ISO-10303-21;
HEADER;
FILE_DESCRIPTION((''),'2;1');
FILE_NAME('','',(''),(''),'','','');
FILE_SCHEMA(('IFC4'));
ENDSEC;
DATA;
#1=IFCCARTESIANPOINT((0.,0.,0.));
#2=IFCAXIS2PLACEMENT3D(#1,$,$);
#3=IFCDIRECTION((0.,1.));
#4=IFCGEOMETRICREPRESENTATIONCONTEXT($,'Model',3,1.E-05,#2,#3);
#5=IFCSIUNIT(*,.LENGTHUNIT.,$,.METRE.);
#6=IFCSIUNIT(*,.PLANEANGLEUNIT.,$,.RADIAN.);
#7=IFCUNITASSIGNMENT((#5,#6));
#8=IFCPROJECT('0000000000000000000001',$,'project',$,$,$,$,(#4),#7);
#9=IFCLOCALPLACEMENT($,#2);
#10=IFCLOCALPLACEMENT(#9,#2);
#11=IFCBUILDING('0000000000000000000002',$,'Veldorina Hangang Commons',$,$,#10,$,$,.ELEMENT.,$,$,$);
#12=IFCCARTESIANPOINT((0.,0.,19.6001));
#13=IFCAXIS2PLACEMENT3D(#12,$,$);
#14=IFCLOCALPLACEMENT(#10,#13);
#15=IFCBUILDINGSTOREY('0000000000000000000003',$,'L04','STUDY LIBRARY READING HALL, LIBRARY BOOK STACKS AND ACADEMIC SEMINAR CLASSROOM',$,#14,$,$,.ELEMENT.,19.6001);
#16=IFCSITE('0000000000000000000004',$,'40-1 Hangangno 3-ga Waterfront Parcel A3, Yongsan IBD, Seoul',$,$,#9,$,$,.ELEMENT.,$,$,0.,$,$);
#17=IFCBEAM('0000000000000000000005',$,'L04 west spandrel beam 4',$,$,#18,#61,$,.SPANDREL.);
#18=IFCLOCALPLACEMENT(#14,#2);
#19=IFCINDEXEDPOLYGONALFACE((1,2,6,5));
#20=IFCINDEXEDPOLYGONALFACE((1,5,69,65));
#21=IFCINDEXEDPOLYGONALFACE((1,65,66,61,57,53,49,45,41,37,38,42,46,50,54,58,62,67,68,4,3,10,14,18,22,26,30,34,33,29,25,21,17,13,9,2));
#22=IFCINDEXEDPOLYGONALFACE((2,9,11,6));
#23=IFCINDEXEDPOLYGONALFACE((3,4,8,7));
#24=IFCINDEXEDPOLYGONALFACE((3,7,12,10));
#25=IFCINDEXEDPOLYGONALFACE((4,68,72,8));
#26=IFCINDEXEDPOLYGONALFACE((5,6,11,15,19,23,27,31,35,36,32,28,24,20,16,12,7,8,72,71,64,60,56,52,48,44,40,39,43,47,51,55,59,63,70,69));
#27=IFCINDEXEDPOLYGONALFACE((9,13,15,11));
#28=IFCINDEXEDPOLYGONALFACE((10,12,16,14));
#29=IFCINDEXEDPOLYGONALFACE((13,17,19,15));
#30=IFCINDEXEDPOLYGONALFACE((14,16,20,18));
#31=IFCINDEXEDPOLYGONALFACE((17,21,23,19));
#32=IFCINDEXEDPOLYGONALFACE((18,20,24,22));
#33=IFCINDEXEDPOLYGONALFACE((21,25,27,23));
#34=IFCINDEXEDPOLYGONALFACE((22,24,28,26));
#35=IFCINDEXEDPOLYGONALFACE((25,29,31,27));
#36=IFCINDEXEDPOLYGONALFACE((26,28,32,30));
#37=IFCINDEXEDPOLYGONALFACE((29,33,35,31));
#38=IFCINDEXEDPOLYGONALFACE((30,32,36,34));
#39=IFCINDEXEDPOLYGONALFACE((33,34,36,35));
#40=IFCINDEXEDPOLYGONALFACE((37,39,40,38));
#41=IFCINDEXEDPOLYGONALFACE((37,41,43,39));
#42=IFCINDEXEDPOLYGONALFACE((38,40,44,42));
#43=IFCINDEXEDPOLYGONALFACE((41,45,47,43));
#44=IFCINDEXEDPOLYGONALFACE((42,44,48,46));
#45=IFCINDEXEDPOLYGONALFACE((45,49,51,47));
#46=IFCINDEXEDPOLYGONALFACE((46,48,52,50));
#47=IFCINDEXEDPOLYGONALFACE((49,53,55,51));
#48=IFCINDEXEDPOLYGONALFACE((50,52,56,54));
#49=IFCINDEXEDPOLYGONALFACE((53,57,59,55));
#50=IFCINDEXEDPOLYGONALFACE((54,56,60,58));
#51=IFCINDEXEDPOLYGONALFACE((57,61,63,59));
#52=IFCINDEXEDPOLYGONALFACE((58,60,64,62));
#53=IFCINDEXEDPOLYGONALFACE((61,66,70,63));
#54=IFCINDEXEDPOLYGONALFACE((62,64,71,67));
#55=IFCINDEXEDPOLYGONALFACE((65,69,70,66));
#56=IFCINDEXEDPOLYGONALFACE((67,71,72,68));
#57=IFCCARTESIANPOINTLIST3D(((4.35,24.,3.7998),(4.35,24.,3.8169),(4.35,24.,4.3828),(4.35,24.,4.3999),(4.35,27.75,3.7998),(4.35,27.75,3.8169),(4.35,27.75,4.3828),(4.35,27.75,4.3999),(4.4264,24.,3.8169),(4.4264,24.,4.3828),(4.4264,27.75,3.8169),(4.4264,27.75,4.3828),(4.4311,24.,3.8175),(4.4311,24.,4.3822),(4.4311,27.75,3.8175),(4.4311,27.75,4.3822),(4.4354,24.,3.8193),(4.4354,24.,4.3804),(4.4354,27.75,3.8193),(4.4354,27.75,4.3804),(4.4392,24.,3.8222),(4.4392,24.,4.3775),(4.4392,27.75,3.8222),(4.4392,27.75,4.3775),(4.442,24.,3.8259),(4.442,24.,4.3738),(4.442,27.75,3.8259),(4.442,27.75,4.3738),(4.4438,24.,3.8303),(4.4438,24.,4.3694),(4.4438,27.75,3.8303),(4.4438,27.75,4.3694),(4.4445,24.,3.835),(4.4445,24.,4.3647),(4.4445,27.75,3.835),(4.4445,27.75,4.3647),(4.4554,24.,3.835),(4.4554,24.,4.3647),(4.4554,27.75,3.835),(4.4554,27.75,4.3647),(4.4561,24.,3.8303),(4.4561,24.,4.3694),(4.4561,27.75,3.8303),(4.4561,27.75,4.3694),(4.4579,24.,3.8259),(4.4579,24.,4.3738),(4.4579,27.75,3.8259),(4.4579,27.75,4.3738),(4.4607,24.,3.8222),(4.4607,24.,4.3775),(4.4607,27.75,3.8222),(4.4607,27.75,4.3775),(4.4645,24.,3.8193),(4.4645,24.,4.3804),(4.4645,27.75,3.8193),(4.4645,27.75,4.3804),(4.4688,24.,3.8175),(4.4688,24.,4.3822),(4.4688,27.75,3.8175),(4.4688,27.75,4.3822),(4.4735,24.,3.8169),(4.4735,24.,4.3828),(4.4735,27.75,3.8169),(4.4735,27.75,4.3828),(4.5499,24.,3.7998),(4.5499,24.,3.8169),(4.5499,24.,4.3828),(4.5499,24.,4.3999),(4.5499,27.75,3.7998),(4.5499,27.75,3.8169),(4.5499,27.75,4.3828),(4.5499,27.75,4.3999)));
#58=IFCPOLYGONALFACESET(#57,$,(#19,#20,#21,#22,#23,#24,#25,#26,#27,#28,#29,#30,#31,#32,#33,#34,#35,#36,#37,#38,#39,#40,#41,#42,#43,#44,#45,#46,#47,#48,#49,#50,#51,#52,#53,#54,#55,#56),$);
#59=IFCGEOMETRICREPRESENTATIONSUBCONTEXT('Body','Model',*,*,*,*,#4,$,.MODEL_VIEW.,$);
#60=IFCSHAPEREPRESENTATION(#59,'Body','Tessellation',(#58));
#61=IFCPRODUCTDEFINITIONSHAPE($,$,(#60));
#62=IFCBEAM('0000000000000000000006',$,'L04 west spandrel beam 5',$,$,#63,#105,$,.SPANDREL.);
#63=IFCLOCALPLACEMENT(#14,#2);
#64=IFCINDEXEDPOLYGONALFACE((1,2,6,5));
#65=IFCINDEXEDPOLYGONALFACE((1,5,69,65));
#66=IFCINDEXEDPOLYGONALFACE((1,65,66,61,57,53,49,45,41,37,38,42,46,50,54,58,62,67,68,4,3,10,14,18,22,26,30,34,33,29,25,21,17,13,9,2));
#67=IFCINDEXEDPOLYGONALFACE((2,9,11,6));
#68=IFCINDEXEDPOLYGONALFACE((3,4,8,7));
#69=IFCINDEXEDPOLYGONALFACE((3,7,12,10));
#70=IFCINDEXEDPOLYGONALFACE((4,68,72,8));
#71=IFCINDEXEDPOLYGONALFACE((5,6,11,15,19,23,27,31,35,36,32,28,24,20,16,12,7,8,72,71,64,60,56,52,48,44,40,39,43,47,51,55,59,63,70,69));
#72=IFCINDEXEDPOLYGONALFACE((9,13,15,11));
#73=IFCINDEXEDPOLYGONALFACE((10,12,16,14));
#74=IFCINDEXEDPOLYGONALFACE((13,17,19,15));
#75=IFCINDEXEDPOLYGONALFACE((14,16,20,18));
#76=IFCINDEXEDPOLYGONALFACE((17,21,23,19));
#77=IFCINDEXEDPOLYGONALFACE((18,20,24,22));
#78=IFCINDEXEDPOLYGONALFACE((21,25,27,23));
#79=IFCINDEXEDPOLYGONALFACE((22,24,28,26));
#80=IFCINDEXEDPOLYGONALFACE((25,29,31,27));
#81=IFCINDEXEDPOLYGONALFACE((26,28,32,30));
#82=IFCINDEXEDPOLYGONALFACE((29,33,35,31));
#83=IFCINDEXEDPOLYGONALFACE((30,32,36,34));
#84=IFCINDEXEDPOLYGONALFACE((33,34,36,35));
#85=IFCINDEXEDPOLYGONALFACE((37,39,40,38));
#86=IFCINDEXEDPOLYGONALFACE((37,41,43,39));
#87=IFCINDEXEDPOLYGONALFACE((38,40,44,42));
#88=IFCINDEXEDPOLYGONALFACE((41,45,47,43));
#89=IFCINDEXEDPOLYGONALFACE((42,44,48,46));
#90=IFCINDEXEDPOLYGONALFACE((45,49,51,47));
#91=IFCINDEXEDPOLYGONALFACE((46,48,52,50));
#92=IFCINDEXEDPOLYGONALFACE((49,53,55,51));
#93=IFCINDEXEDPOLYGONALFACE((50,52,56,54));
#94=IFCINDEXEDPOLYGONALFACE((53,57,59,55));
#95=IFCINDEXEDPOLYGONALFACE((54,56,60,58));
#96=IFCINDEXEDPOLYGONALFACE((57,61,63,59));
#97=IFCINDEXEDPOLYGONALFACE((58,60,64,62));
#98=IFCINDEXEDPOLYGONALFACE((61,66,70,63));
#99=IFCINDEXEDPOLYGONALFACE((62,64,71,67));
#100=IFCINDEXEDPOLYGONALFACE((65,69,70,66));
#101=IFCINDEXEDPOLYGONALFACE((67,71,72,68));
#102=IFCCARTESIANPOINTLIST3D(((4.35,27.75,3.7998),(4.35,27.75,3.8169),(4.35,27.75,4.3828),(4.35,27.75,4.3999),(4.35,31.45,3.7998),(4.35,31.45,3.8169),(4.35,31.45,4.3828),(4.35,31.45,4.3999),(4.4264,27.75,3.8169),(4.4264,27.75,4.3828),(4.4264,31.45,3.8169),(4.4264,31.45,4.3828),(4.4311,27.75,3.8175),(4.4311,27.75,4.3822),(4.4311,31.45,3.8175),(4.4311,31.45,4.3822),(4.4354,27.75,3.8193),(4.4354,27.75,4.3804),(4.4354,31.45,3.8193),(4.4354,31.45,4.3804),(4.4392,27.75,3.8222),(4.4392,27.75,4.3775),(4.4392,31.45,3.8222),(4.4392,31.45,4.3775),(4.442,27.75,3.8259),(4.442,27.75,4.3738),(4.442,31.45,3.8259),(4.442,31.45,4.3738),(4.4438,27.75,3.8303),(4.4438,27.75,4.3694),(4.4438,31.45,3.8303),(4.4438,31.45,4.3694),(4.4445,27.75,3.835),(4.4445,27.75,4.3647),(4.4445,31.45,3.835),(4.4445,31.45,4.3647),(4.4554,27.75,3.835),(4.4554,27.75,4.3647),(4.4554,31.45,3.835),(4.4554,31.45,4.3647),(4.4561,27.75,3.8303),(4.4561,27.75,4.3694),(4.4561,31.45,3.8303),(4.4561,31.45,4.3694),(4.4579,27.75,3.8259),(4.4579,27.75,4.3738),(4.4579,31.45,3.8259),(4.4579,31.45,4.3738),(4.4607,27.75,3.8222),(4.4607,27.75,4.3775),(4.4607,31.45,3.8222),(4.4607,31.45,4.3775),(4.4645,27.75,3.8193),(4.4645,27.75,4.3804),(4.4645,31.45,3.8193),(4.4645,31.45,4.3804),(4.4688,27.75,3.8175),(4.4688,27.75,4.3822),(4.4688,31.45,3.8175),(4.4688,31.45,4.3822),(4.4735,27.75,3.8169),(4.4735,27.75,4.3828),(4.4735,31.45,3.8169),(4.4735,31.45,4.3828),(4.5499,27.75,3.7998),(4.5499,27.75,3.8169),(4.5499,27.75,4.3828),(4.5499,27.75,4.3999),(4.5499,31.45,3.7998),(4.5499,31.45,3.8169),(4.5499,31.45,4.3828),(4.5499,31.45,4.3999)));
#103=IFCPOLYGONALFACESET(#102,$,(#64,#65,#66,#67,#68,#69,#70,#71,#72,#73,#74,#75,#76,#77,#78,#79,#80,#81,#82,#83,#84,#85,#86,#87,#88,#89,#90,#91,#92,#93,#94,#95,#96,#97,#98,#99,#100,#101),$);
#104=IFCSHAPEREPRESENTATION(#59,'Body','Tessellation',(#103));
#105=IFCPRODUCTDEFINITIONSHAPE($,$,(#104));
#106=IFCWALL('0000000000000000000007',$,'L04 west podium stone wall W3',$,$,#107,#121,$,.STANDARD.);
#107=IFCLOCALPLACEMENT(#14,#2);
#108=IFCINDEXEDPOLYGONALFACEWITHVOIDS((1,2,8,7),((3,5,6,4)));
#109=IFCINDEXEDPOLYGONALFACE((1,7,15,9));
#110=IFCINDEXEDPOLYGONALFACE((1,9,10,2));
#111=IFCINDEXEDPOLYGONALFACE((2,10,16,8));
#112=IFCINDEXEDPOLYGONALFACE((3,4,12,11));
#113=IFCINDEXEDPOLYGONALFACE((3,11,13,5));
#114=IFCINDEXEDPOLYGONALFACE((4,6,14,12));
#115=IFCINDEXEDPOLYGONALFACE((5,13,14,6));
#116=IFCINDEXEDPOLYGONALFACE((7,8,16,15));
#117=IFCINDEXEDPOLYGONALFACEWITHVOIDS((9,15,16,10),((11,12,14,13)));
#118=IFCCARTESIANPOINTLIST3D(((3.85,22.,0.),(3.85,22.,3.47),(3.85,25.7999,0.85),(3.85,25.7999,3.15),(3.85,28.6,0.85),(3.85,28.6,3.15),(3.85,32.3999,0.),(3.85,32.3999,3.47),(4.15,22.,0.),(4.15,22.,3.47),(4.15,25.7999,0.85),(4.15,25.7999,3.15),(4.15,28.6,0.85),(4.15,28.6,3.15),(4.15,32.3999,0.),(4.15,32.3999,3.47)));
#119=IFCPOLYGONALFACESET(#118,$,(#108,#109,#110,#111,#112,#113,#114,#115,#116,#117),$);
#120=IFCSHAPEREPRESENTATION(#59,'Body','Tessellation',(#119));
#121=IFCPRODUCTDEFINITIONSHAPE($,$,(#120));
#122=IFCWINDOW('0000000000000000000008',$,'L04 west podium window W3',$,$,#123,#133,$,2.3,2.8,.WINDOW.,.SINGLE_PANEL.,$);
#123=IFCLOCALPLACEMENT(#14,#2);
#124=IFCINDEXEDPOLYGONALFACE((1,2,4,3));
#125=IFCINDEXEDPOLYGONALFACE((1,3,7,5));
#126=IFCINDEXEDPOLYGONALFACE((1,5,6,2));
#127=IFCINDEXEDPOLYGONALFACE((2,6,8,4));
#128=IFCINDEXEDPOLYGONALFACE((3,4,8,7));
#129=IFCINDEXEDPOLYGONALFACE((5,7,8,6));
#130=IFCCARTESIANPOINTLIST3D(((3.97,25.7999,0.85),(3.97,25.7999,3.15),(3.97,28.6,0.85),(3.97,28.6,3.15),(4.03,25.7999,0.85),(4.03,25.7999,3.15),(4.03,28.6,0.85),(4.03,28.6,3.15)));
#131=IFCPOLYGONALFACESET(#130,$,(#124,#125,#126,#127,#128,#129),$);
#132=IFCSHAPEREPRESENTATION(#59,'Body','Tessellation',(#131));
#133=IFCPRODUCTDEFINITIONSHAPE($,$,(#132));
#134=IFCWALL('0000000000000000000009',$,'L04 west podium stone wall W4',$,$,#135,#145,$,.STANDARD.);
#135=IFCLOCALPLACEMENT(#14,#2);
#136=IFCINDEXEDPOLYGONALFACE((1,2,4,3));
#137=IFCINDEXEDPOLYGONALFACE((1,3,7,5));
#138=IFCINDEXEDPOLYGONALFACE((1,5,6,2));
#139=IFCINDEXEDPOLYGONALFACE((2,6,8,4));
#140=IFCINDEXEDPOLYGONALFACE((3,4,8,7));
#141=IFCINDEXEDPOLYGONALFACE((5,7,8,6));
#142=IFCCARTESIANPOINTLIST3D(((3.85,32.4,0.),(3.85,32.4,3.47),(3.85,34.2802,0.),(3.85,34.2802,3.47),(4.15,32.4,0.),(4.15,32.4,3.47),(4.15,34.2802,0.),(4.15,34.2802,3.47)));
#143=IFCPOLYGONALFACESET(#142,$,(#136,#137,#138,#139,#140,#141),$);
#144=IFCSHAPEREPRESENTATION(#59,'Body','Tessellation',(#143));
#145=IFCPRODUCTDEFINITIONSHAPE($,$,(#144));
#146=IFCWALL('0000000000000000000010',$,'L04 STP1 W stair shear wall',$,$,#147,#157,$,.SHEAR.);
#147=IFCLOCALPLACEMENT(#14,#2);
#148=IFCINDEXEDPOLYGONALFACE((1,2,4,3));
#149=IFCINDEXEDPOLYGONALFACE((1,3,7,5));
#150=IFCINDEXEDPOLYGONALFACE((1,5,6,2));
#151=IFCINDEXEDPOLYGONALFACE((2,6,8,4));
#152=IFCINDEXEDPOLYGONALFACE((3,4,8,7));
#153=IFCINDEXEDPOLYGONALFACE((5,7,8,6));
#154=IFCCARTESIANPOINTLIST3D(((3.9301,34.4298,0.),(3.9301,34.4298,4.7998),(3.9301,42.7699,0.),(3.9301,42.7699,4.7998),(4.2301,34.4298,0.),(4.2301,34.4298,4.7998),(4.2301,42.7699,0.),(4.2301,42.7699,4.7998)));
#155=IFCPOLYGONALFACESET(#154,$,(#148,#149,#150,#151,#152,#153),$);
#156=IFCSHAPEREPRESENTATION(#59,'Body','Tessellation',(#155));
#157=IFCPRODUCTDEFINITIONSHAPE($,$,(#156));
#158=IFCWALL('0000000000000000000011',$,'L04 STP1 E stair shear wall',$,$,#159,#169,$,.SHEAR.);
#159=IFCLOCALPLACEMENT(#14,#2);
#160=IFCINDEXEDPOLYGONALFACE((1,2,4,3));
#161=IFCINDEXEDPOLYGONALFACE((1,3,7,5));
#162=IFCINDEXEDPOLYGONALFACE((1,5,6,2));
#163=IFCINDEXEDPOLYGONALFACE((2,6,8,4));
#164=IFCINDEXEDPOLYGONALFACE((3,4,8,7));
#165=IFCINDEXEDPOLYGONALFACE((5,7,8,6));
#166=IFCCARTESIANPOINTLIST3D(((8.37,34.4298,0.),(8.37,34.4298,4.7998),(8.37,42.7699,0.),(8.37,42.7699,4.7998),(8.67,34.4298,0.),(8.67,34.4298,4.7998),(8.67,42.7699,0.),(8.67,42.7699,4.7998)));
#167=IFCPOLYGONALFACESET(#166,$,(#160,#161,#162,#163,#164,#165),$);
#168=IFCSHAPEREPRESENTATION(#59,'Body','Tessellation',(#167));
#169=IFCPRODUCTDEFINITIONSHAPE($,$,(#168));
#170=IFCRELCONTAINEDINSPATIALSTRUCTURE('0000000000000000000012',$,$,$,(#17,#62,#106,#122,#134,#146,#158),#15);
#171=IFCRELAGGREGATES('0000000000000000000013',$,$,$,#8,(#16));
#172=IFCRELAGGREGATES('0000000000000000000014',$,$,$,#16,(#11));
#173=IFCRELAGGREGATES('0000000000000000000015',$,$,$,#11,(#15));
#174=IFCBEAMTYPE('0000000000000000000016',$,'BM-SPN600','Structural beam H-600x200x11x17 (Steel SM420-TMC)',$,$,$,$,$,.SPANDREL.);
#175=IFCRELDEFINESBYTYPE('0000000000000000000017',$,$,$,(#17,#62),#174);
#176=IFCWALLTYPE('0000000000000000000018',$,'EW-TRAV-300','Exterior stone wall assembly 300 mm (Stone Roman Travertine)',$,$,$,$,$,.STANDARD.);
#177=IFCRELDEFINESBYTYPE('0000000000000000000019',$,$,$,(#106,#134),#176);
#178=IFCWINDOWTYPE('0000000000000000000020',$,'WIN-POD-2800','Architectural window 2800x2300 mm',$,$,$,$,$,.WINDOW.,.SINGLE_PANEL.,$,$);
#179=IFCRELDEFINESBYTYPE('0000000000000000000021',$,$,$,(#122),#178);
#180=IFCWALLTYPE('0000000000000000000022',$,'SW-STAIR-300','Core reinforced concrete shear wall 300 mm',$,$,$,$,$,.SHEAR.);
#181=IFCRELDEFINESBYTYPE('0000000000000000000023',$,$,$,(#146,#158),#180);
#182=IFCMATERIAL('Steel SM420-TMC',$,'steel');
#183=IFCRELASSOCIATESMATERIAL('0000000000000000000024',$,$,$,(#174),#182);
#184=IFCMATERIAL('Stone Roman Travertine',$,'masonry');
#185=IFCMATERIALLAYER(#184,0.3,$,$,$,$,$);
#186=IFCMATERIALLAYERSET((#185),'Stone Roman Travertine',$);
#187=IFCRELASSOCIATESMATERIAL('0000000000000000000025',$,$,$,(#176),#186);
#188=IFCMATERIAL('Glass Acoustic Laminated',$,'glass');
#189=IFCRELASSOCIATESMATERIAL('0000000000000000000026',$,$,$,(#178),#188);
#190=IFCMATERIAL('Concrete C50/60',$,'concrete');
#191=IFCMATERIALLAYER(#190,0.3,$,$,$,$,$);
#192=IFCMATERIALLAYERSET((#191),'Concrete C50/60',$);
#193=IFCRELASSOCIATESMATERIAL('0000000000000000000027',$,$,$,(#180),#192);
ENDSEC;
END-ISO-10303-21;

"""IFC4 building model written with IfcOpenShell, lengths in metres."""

from ifc_helpers import new_model, si_unit, direction, frame, frame_2d, origin, origin_2d, place, context, subcontext, project, spatial, rectangle, i_section, extrude, material, layer, layer_set, material_profile, profile_set, type_object, element, fill, save


model = new_model("IFC4")

# Units and contexts
model_context = context("Model", 3, precision=1e-05, world=origin(), true_north=direction((0.0, 1.0)))
body_context = subcontext(model_context, "Body", "Model", "MODEL_VIEW")
ifc_project = project(units=[si_unit("LENGTHUNIT", "METRE"), si_unit("PLANEANGLEUNIT", "RADIAN")], contexts=[model_context])

# Site, building, storey
site_placement = place(None, origin())
site = spatial("IfcSite", under=ifc_project, at=site_placement, Name="40-1 Hangangno 3-ga Waterfront Parcel A3, Yongsan IBD, Seoul", CompositionType="ELEMENT", RefElevation=0.0)
building_placement = place(site_placement, origin())
building = spatial("IfcBuilding", under=site, at=building_placement, Name="Veldorina Hangang Commons", CompositionType="ELEMENT")
storey_placement = place(building_placement, frame((0.0, 0.0, 19.6001)))
storey = spatial("IfcBuildingStorey", under=building, at=storey_placement, Name="L04", Description="STUDY LIBRARY READING HALL, LIBRARY BOOK STACKS AND ACADEMIC SEMINAR CLASSROOM", CompositionType="ELEMENT", Elevation=19.6001)

# Shared definitions
ifc_material_1 = material(Name="Steel SM420-TMC", Category="steel")

# Beams
ifc_material_profile_1 = material_profile(ifc_material_1, i_section(OverallWidth=0.2, OverallDepth=0.6001, WebThickness=0.011, FlangeThickness=0.0171, FilletRadius=0.0181, at=origin_2d()), Name="H-600x200x11x17")
ifc_profile_set_1 = profile_set([ifc_material_profile_1], Name="Steel SM420-TMC")
beam_type_1 = type_object("IfcBeamType", Name="BM-SPN600", Description="Structural beam H-600x200x11x17 (Steel SM420-TMC)", PredefinedType="SPANDREL", material=ifc_profile_set_1)
beam_1_placement = place(storey_placement, frame((4.45, 24.0, 4.0999), z_axis=(0.0, 1.0, 0.0), x_axis=(-1.0, 0.0, 0.0)))
element("IfcBeam", 1, at=beam_1_placement, inside=storey, type_object=beam_type_1, Name="L04 west spandrel beam 4", PredefinedType="SPANDREL", context=body_context, shape_type="SweptSolid", body=[
    extrude(i_section(OverallWidth=0.2, OverallDepth=0.6001, WebThickness=0.011, FlangeThickness=0.0171, FilletRadius=0.0181, at=origin_2d()), origin(), (0.0, 0.0, 1.0), 3.75),
])
beam_2_placement = place(storey_placement, frame((4.45, 27.75, 4.0999), z_axis=(0.0, 1.0, 0.0), x_axis=(-1.0, 0.0, 0.0)))
element("IfcBeam", 2, at=beam_2_placement, inside=storey, type_object=beam_type_1, Name="L04 west spandrel beam 5", PredefinedType="SPANDREL", context=body_context, shape_type="SweptSolid", body=[
    extrude(i_section(OverallWidth=0.2, OverallDepth=0.6001, WebThickness=0.011, FlangeThickness=0.0171, FilletRadius=0.0181, at=origin_2d()), origin(), (0.0, 0.0, 1.0), 3.7),
])

# Wall, opening, window
ifc_material_2 = material(Name="Stone Roman Travertine", Category="masonry")
ifc_layer_1 = layer(ifc_material_2, 0.3)
ifc_layer_set_1 = layer_set([ifc_layer_1], Name="Stone Roman Travertine")
wall_type_1 = type_object("IfcWallType", Name="EW-TRAV-300", Description="Exterior stone wall assembly 300 mm (Stone Roman Travertine)", PredefinedType="STANDARD", material=ifc_layer_set_1)
wall_1_placement = place(storey_placement, frame((4.0, 32.3999, 0.0), z_axis=(0.0, 0.0, 1.0), x_axis=(0.0, -1.0, 0.0)))
wall_1 = element("IfcWall", 3, at=wall_1_placement, inside=storey, type_object=wall_type_1, Name="L04 west podium stone wall W3", PredefinedType="STANDARD", context=body_context, shape_type="SweptSolid", body=[
    extrude(rectangle(XDim=10.3999, YDim=0.3, at=frame_2d((5.2, 0.0))), origin(), (0.0, 0.0, 1.0), 3.47),
])
opening_1_placement = place(wall_1_placement, frame((3.8, 0.0, 0.8501)))
opening_1 = element("IfcOpeningElement", 4, at=opening_1_placement, cuts=wall_1, PredefinedType="OPENING", context=body_context, shape_type="SweptSolid", body=[
    extrude(rectangle(XDim=2.8, YDim=2.3, at=frame_2d((1.3999, 1.1499))), frame((0.0, 0.1602, 0.0), z_axis=(0.0, -1.0, 0.0), x_axis=(1.0, 0.0, 0.0)), (0.0, 0.0, 1.0), 0.3201),
])
ifc_material_3 = material(Name="Glass Acoustic Laminated", Category="glass")
window_type = type_object("IfcWindowType", Name="WIN-POD-2800", Description="Architectural window 2800x2300 mm", PartitioningType="SINGLE_PANEL", PredefinedType="WINDOW", material=ifc_material_3)
window_placement = place(opening_1_placement, origin())
window = element("IfcWindow", 5, at=window_placement, inside=storey, type_object=window_type, Name="L04 west podium window W3", OverallHeight=2.3, OverallWidth=2.8, PartitioningType="SINGLE_PANEL", PredefinedType="WINDOW", context=body_context, shape_type="SweptSolid", body=[
    extrude(rectangle(XDim=2.8, YDim=2.3, at=frame_2d((1.3999, 1.1499))), frame((0.0, 0.03, 0.0), z_axis=(0.0, -1.0, 0.0), x_axis=(1.0, 0.0, 0.0)), (0.0, 0.0, 1.0), 0.0601),
])
fill(opening_1, window)

# Walls
wall_2_placement = place(storey_placement, frame((4.0, 34.28, 0.0), z_axis=(0.0, 0.0, 1.0), x_axis=(0.0, -1.0, 0.0)))
element("IfcWall", 6, at=wall_2_placement, inside=storey, type_object=wall_type_1, Name="L04 west podium stone wall W4", PredefinedType="STANDARD", context=body_context, shape_type="SweptSolid", body=[
    extrude(rectangle(XDim=1.8801, YDim=0.3, at=frame_2d((0.9399, 0.0))), origin(), (0.0, 0.0, 1.0), 3.47),
])
ifc_material_4 = material(Name="Concrete C50/60", Category="concrete")
ifc_layer_2 = layer(ifc_material_4, 0.3)
ifc_layer_set_2 = layer_set([ifc_layer_2], Name="Concrete C50/60")
wall_type_2 = type_object("IfcWallType", Name="SW-STAIR-300", Description="Core reinforced concrete shear wall 300 mm", PredefinedType="SHEAR", material=ifc_layer_set_2)
for number, where, z_axis, x_axis, name in (
    (7, (4.0801, 34.4299, 0.0), (0.0, 0.0, 1.0), (0.0, 1.0, 0.0), "L04 STP1 W stair shear wall"),
    (8, (8.52, 34.4299, 0.0), (0.0, 0.0, 1.0), (0.0, 1.0, 0.0), "L04 STP1 E stair shear wall"),
):
    element("IfcWall", number, at=place(storey_placement, frame(where, z_axis=z_axis, x_axis=x_axis)), inside=storey, type_object=wall_type_2, Name=name, PredefinedType="SHEAR", context=body_context, shape_type="SweptSolid", body=[
        extrude(rectangle(XDim=8.3401, YDim=0.3, at=frame_2d((4.1699, 0.0))), origin(), (0.0, 0.0, 1.0), 4.7998),
    ])

save(model, "model.ifc")
